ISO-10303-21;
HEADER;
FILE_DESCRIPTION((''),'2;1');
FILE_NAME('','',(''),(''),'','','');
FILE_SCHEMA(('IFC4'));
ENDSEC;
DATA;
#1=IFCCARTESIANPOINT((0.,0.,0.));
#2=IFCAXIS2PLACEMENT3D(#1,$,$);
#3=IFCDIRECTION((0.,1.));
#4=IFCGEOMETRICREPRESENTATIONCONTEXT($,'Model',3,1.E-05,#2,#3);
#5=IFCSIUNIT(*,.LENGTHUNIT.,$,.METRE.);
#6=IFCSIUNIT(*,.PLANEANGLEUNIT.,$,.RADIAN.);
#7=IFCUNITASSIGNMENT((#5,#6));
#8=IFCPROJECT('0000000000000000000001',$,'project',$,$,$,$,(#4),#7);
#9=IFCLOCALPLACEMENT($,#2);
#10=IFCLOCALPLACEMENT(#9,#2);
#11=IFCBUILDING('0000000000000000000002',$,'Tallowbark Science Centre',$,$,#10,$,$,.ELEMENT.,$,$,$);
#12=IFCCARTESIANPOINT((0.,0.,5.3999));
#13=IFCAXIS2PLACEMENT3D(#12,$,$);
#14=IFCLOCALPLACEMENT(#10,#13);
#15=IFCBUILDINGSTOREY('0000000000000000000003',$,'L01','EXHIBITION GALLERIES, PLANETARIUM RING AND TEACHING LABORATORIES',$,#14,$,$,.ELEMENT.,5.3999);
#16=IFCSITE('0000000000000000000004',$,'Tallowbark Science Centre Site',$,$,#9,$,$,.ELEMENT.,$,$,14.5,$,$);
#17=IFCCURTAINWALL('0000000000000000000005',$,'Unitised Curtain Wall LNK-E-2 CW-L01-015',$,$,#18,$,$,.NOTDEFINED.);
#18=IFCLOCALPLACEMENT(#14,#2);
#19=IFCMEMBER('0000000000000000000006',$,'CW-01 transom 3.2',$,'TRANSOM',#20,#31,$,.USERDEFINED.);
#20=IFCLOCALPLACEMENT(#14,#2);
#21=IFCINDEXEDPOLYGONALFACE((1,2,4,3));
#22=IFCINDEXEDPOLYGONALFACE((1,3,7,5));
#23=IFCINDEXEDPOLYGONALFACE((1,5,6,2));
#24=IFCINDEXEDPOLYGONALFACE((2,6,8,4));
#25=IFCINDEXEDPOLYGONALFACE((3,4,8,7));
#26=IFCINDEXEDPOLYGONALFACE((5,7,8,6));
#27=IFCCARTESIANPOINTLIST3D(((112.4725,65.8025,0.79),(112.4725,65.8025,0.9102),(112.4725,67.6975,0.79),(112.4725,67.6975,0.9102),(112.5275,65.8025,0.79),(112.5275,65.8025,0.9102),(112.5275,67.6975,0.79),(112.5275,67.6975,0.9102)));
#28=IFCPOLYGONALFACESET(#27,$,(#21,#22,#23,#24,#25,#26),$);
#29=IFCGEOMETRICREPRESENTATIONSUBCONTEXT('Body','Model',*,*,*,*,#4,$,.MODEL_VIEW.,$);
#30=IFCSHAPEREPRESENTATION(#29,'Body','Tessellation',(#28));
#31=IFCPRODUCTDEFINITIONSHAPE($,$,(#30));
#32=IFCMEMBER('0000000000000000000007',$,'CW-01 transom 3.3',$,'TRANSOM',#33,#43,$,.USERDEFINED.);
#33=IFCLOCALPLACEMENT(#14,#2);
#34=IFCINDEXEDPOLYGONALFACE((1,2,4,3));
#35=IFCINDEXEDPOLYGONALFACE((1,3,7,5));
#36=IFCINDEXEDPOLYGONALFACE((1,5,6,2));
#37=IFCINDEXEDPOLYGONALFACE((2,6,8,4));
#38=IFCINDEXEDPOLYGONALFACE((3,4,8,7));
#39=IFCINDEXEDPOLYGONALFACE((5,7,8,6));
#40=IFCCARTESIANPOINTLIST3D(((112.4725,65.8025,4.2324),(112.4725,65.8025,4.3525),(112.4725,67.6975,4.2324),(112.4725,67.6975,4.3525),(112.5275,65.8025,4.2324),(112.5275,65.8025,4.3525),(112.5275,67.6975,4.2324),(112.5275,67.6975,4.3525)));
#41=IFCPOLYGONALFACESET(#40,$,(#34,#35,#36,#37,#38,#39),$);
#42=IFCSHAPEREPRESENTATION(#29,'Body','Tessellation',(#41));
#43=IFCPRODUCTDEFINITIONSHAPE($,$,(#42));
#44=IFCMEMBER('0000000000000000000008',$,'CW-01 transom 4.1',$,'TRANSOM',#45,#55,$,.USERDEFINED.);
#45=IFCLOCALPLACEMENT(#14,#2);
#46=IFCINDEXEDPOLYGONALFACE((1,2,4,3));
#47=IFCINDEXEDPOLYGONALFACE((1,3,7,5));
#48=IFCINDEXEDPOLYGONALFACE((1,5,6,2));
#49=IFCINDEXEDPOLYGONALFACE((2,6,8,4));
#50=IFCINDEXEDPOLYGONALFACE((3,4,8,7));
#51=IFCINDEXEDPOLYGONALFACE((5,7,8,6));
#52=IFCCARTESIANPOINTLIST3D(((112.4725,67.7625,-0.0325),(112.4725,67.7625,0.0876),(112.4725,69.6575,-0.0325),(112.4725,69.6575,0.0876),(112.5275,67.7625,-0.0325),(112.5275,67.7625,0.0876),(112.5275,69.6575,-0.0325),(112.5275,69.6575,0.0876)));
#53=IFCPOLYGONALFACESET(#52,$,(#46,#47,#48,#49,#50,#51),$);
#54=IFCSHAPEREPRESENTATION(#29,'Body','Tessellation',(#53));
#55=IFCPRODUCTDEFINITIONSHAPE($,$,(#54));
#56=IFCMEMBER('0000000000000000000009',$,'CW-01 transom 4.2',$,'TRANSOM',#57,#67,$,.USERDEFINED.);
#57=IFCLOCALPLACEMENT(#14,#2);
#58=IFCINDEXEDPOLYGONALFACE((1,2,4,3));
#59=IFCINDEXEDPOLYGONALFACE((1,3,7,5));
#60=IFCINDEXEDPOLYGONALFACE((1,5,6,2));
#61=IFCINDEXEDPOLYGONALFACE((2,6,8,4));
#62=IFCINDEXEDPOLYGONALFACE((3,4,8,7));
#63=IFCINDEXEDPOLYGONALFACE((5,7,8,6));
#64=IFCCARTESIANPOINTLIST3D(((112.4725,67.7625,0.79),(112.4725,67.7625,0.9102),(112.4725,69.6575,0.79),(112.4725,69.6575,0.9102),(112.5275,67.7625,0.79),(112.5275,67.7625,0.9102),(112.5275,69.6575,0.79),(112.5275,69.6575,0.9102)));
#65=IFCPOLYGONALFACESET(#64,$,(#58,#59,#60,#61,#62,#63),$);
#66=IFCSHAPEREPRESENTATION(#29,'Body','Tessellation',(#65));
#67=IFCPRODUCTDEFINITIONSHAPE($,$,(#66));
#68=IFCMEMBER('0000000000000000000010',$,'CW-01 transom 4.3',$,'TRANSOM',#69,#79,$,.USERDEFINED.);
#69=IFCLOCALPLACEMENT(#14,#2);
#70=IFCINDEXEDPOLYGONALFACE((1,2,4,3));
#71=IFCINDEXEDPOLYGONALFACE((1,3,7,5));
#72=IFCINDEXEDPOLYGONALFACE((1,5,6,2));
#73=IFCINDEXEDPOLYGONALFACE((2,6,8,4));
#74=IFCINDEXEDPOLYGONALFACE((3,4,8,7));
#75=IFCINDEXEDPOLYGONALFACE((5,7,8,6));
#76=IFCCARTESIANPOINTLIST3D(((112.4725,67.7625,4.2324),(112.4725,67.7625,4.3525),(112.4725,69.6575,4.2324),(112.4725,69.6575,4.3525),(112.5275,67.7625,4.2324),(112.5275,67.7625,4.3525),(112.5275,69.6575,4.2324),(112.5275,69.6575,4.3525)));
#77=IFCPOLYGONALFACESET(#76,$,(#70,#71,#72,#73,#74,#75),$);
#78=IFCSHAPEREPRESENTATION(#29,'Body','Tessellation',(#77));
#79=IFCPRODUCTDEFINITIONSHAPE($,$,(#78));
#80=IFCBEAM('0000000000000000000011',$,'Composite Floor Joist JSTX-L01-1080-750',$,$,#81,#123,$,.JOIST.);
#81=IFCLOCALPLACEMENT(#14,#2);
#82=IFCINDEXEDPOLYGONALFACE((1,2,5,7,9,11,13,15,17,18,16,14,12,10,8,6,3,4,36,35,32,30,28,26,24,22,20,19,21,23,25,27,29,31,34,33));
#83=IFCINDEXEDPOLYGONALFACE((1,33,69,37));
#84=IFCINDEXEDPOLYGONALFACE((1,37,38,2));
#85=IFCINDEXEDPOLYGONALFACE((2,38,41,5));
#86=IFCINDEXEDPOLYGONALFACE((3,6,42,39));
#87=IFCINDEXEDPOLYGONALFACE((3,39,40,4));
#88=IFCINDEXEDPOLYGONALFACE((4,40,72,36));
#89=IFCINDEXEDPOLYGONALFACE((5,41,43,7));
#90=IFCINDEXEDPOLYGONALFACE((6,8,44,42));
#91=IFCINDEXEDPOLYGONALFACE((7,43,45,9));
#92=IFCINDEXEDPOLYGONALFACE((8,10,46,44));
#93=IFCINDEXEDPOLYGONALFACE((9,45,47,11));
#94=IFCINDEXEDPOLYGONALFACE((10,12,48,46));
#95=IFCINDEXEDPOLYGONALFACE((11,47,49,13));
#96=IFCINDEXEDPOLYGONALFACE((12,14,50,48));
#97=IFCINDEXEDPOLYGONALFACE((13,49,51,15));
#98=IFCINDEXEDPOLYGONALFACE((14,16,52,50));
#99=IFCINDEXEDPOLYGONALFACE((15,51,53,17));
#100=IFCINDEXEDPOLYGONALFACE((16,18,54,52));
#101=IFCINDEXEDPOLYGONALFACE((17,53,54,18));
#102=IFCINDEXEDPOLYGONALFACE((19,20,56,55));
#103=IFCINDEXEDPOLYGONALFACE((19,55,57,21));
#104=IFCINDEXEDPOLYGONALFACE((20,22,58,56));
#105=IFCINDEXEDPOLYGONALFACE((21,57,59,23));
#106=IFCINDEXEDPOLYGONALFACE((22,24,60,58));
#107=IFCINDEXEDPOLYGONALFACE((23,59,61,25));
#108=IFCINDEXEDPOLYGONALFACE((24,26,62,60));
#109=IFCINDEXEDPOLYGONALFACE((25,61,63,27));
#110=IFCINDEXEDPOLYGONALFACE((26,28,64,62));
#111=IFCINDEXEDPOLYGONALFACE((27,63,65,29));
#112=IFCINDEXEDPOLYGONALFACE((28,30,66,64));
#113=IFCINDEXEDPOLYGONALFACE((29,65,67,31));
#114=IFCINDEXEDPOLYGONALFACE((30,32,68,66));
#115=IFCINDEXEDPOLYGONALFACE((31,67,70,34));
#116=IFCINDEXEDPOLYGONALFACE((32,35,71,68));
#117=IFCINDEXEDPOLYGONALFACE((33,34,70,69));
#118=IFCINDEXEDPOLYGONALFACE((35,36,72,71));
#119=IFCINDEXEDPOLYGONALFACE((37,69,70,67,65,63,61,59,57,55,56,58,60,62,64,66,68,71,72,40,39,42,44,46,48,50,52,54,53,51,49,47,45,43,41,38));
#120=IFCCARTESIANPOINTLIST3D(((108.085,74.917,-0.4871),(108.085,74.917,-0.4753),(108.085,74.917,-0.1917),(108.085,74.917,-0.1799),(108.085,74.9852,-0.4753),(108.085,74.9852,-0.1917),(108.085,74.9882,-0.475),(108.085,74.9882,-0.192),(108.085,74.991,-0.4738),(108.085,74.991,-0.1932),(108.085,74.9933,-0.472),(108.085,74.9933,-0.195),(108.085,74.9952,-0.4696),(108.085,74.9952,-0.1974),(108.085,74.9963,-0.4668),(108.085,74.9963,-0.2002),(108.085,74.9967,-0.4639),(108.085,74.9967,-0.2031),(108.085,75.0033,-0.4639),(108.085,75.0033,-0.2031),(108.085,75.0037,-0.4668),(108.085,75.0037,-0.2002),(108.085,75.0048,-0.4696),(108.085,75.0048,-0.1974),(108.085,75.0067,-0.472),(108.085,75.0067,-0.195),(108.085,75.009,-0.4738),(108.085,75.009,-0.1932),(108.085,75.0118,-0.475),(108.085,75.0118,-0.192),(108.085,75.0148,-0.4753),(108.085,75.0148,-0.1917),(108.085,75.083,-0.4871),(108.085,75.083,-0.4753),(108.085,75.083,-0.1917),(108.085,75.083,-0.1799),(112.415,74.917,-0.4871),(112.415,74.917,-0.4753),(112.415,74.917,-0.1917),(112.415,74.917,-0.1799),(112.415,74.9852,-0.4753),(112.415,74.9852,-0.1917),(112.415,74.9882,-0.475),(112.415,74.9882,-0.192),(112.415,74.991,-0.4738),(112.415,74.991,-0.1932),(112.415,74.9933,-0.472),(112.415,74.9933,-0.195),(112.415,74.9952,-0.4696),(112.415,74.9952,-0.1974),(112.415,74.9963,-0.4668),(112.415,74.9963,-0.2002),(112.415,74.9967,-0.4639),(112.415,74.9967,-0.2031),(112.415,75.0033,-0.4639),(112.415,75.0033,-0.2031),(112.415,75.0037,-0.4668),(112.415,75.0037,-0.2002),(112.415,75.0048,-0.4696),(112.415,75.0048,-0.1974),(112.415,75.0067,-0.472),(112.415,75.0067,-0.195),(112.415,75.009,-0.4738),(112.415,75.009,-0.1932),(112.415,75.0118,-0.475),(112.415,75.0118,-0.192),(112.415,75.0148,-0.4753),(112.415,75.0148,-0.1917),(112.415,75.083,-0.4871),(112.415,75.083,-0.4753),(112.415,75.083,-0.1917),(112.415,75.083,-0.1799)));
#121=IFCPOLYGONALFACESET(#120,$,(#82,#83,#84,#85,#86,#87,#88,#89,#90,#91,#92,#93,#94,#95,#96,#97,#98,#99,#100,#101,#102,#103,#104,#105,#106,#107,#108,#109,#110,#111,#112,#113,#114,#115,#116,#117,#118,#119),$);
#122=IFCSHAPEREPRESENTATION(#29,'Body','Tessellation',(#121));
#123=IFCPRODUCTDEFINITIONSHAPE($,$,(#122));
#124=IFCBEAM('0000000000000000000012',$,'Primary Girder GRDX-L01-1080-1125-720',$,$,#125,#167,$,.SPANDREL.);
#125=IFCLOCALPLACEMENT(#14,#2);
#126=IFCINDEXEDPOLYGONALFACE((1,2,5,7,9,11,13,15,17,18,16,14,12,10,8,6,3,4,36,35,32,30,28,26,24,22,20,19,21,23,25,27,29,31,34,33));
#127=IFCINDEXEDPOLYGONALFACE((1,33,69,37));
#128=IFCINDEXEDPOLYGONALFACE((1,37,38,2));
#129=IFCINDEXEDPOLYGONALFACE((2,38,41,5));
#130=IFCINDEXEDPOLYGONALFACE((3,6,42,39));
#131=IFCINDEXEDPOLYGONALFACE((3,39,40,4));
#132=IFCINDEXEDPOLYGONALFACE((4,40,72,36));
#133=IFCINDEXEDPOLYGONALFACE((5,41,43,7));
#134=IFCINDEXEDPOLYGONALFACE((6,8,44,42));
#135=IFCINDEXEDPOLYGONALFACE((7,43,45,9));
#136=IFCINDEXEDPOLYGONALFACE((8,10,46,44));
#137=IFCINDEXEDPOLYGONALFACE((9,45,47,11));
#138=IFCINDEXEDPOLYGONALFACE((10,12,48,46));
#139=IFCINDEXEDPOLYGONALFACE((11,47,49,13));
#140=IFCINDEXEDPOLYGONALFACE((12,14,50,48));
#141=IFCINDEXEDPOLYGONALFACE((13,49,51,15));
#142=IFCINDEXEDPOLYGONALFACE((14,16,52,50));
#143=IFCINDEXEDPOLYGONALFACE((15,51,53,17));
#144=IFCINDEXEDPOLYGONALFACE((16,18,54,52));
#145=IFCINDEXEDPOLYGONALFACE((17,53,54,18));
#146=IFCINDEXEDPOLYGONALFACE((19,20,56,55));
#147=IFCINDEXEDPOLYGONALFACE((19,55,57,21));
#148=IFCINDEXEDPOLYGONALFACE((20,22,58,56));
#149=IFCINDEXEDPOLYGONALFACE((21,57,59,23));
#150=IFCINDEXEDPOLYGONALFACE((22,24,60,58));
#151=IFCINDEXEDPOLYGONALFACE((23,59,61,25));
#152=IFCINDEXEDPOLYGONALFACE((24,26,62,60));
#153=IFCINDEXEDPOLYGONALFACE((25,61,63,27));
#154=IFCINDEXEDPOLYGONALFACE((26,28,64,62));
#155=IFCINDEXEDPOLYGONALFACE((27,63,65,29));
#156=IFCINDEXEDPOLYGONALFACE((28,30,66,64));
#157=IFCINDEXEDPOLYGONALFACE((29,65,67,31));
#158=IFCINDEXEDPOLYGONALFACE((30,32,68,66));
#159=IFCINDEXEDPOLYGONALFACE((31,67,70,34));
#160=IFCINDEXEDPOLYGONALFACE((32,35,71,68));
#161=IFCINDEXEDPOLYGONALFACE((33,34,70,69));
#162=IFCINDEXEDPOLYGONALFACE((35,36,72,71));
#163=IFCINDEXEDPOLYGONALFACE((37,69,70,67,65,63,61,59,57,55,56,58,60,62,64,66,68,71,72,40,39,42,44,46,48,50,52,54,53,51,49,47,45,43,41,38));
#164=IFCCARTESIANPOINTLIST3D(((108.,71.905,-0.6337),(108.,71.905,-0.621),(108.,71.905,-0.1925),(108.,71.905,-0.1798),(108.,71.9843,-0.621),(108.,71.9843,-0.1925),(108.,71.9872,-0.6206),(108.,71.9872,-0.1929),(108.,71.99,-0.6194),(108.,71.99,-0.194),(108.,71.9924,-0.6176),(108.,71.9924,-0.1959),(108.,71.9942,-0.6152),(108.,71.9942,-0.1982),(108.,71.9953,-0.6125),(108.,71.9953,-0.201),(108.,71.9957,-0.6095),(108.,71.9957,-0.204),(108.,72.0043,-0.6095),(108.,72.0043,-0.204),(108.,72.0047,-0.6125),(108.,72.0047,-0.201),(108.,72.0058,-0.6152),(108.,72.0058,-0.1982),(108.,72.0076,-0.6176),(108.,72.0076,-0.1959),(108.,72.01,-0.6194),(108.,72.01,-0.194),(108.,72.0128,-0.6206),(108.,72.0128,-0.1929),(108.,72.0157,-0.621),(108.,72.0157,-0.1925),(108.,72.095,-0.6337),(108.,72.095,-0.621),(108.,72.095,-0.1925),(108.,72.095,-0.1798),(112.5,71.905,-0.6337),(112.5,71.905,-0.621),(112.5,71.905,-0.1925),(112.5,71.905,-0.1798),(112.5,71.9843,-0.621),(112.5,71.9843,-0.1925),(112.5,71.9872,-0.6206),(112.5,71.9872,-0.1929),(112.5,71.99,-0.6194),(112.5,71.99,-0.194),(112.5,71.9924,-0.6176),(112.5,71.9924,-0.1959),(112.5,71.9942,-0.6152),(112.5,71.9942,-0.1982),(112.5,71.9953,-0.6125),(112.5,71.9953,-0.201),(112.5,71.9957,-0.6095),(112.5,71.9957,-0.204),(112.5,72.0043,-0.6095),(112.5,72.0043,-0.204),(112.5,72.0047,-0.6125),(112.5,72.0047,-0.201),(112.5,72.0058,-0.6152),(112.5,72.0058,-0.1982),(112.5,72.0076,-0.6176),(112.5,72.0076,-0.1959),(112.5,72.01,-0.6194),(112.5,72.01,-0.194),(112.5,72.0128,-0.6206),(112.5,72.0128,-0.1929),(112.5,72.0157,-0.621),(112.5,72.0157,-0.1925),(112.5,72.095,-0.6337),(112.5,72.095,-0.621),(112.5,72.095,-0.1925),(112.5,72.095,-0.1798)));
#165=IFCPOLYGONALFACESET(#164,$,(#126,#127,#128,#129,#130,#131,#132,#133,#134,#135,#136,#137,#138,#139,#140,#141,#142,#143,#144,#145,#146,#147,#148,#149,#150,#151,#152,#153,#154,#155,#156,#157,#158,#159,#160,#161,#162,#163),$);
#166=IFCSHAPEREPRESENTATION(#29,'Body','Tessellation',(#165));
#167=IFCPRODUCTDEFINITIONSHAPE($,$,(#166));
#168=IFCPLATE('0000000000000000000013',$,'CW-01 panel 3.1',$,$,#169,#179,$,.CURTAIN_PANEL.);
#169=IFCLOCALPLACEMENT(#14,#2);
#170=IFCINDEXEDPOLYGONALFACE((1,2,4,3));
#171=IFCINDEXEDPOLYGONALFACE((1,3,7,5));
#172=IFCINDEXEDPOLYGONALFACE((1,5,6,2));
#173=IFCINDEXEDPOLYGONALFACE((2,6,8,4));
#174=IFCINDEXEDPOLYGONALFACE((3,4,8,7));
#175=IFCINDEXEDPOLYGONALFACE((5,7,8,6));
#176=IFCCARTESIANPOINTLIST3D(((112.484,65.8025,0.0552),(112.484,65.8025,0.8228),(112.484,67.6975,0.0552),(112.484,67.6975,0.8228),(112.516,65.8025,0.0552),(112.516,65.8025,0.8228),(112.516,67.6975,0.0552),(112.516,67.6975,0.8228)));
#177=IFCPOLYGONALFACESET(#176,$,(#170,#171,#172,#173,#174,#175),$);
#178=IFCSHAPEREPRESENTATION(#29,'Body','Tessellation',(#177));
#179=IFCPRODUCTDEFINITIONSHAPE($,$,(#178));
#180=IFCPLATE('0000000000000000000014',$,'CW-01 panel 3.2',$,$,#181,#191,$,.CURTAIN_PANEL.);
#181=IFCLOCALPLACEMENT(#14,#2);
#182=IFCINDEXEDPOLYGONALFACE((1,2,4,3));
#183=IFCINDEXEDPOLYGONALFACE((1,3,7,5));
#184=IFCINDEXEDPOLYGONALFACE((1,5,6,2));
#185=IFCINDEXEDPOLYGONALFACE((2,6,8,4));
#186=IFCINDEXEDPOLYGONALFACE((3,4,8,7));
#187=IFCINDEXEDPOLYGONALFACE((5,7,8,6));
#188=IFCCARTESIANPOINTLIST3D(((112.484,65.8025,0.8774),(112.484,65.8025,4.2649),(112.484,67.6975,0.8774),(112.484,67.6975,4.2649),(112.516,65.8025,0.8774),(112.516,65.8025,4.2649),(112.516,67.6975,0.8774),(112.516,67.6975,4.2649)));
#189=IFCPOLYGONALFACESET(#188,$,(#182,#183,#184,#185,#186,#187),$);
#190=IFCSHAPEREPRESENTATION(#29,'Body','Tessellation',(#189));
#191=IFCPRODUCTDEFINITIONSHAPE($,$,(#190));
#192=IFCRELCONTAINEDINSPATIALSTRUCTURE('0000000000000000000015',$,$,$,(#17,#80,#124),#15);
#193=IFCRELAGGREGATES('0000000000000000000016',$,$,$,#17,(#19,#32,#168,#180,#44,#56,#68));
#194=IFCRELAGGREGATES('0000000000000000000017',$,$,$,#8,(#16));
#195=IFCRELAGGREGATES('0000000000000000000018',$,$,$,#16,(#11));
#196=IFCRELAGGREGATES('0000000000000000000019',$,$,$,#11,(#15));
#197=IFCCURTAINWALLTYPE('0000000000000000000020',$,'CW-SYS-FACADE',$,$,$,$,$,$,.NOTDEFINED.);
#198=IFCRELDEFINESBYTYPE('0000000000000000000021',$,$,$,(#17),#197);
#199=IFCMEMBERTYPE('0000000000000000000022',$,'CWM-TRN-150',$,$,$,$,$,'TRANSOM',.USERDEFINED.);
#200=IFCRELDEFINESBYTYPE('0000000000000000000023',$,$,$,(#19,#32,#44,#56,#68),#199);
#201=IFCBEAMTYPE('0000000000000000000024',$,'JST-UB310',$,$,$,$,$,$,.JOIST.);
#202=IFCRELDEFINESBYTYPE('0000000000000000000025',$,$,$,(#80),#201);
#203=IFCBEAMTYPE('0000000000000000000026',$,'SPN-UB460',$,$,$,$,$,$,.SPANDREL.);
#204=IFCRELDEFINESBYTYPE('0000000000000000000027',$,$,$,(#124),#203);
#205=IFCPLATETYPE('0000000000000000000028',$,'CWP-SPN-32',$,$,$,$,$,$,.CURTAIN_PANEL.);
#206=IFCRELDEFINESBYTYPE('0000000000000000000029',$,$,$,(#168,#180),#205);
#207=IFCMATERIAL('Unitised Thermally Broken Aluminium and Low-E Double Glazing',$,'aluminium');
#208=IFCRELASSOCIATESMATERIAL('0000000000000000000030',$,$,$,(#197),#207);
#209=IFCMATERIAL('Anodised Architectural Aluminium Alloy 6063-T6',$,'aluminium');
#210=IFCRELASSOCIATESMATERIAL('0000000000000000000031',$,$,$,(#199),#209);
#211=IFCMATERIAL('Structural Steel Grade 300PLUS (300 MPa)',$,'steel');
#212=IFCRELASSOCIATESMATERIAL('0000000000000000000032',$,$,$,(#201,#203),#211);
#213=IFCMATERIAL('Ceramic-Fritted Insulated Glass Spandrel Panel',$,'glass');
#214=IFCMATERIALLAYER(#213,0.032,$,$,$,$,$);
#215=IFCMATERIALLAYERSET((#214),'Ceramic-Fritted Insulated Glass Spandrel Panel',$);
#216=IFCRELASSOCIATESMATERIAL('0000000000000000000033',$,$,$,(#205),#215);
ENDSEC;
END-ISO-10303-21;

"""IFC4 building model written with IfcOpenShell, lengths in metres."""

from ifc_helpers import new_model, si_unit, direction, frame, origin, origin_2d, place, context, subcontext, project, spatial, rectangle, i_section, extrude, material, layer, layer_set, material_profile, profile_set, type_object, element, aggregate, save


model = new_model("IFC4")

# Units and contexts
model_context = context("Model", 3, precision=1e-05, world=origin(), true_north=direction((0.0, 1.0)))
body_context = subcontext(model_context, "Body", "Model", "MODEL_VIEW")
ifc_project = project(units=[si_unit("LENGTHUNIT", "METRE"), si_unit("PLANEANGLEUNIT", "RADIAN")], contexts=[model_context])

# Site, building, storey
site_placement = place(None, origin())
site = spatial("IfcSite", under=ifc_project, at=site_placement, Name="Tallowbark Science Centre Site", CompositionType="ELEMENT", RefElevation=14.5)
building_placement = place(site_placement, origin())
building = spatial("IfcBuilding", under=site, at=building_placement, Name="Tallowbark Science Centre", CompositionType="ELEMENT")
storey_placement = place(building_placement, frame((0.0, 0.0, 5.3999)))
storey = spatial("IfcBuildingStorey", under=building, at=storey_placement, Name="L01", Description="EXHIBITION GALLERIES, PLANETARIUM RING AND TEACHING LABORATORIES", CompositionType="ELEMENT", Elevation=5.3999)

# Shared definitions
ifc_material_1 = material(Name="Structural Steel Grade 300PLUS (300 MPa)", Category="steel")

# Curtain wall, members
ifc_material_2 = material(Name="Unitised Thermally Broken Aluminium and Low-E Double Glazing", Category="aluminium")
curtain_wall_type = type_object("IfcCurtainWallType", Name="CW-SYS-FACADE", PredefinedType="NOTDEFINED", material=ifc_material_2)
curtain_wall_placement = place(storey_placement, origin())
curtain_wall = element("IfcCurtainWall", 1, at=curtain_wall_placement, inside=storey, type_object=curtain_wall_type, Name="Unitised Curtain Wall LNK-E-2 CW-L01-015", PredefinedType="NOTDEFINED")
ifc_material_3 = material(Name="Anodised Architectural Aluminium Alloy 6063-T6", Category="aluminium")
ifc_material_profile_1 = material_profile(ifc_material_3, rectangle(XDim=0.0549, YDim=0.1201, at=origin_2d()), Name="ALU55x120")
ifc_profile_set_1 = profile_set([ifc_material_profile_1], Name="Anodised Architectural Aluminium Alloy 6063-T6")
member_type_1 = type_object("IfcMemberType", Name="CWM-TRN-150", ElementType="TRANSOM", PredefinedType="USERDEFINED", material=ifc_profile_set_1)
member_1_placement = place(storey_placement, frame((112.5, 65.8025, 0.8501), z_axis=(0.0, 1.0, 0.0), x_axis=(-1.0, 0.0, 0.0)))
member_1 = element("IfcMember", 2, at=member_1_placement, type_object=member_type_1, Name="CW-01 transom 3.2", ObjectType="TRANSOM", PredefinedType="USERDEFINED", context=body_context, shape_type="SweptSolid", body=[
    extrude(rectangle(XDim=0.0549, YDim=0.1201, at=origin_2d()), origin(), (0.0, 0.0, 1.0), 1.895),
])
member_2_placement = place(storey_placement, frame((112.5, 65.8025, 4.2925), z_axis=(0.0, 1.0, 0.0), x_axis=(-1.0, 0.0, 0.0)))
member_2 = element("IfcMember", 3, at=member_2_placement, type_object=member_type_1, Name="CW-01 transom 3.3", ObjectType="TRANSOM", PredefinedType="USERDEFINED", context=body_context, shape_type="SweptSolid", body=[
    extrude(rectangle(XDim=0.0549, YDim=0.1201, at=origin_2d()), origin(), (0.0, 0.0, 1.0), 1.895),
])
member_3_placement = place(storey_placement, frame((112.5, 67.7625, 0.0276), z_axis=(0.0, 1.0, 0.0), x_axis=(-1.0, 0.0, 0.0)))
member_3 = element("IfcMember", 4, at=member_3_placement, type_object=member_type_1, Name="CW-01 transom 4.1", ObjectType="TRANSOM", PredefinedType="USERDEFINED", context=body_context, shape_type="SweptSolid", body=[
    extrude(rectangle(XDim=0.0549, YDim=0.1201, at=origin_2d()), origin(), (0.0, 0.0, 1.0), 1.895),
])
member_4_placement = place(storey_placement, frame((112.5, 67.7625, 0.8501), z_axis=(0.0, 1.0, 0.0), x_axis=(-1.0, 0.0, 0.0)))
member_4 = element("IfcMember", 5, at=member_4_placement, type_object=member_type_1, Name="CW-01 transom 4.2", ObjectType="TRANSOM", PredefinedType="USERDEFINED", context=body_context, shape_type="SweptSolid", body=[
    extrude(rectangle(XDim=0.0549, YDim=0.1201, at=origin_2d()), origin(), (0.0, 0.0, 1.0), 1.895),
])
member_5_placement = place(storey_placement, frame((112.5, 67.7625, 4.2925), z_axis=(0.0, 1.0, 0.0), x_axis=(-1.0, 0.0, 0.0)))
member_5 = element("IfcMember", 6, at=member_5_placement, type_object=member_type_1, Name="CW-01 transom 4.3", ObjectType="TRANSOM", PredefinedType="USERDEFINED", context=body_context, shape_type="SweptSolid", body=[
    extrude(rectangle(XDim=0.0549, YDim=0.1201, at=origin_2d()), origin(), (0.0, 0.0, 1.0), 1.895),
])

# Beams
ifc_material_profile_2 = material_profile(ifc_material_1, i_section(OverallWidth=0.166, OverallDepth=0.3071, WebThickness=0.0066, FlangeThickness=0.0117, FilletRadius=0.0115, at=origin_2d()), Name="310UB46.2")
ifc_profile_set_2 = profile_set([ifc_material_profile_2], Name="Structural Steel Grade 300PLUS (300 MPa)")
beam_type_1 = type_object("IfcBeamType", Name="JST-UB310", PredefinedType="JOIST", material=ifc_profile_set_2)
beam_1_placement = place(storey_placement, frame((108.085, 75.0, -0.3335), z_axis=(1.0, 0.0, 0.0), x_axis=(0.0, 1.0, 0.0)))
element("IfcBeam", 7, at=beam_1_placement, inside=storey, type_object=beam_type_1, Name="Composite Floor Joist JSTX-L01-1080-750", PredefinedType="JOIST", context=body_context, shape_type="SweptSolid", body=[
    extrude(i_section(OverallWidth=0.166, OverallDepth=0.3071, WebThickness=0.0066, FlangeThickness=0.0117, FilletRadius=0.0115, at=origin_2d()), origin(), (0.0, 0.0, 1.0), 4.3301),
])
ifc_material_profile_3 = material_profile(ifc_material_1, i_section(OverallWidth=0.1899, OverallDepth=0.4539, WebThickness=0.0085, FlangeThickness=0.0127, FilletRadius=0.0115, at=origin_2d()), Name="460UB67.1")
ifc_profile_set_3 = profile_set([ifc_material_profile_3], Name="Structural Steel Grade 300PLUS (300 MPa)")
beam_type_2 = type_object("IfcBeamType", Name="SPN-UB460", PredefinedType="SPANDREL", material=ifc_profile_set_3)
beam_2_placement = place(storey_placement, frame((108.0, 72.0, -0.4067), z_axis=(1.0, 0.0, 0.0), x_axis=(0.0, 1.0, 0.0)))
element("IfcBeam", 8, at=beam_2_placement, inside=storey, type_object=beam_type_2, Name="Primary Girder GRDX-L01-1080-1125-720", PredefinedType="SPANDREL", context=body_context, shape_type="SweptSolid", body=[
    extrude(i_section(OverallWidth=0.1899, OverallDepth=0.4539, WebThickness=0.0085, FlangeThickness=0.0127, FilletRadius=0.0115, at=origin_2d()), origin(), (0.0, 0.0, 1.0), 4.5),
])

# Plates
ifc_material_4 = material(Name="Ceramic-Fritted Insulated Glass Spandrel Panel", Category="glass")
ifc_layer_1 = layer(ifc_material_4, 0.032)
ifc_layer_set_1 = layer_set([ifc_layer_1], Name="Ceramic-Fritted Insulated Glass Spandrel Panel")
plate_type = type_object("IfcPlateType", Name="CWP-SPN-32", PredefinedType="CURTAIN_PANEL", material=ifc_layer_set_1)
plate_1_placement = place(storey_placement, frame((112.5, 66.75, 0.0552), z_axis=(0.0, 0.0, 1.0), x_axis=(0.0, 1.0, 0.0)))
plate_1 = element("IfcPlate", 9, at=plate_1_placement, type_object=plate_type, Name="CW-01 panel 3.1", PredefinedType="CURTAIN_PANEL", context=body_context, shape_type="SweptSolid", body=[
    extrude(rectangle(XDim=1.895, YDim=0.032, at=origin_2d()), origin(), (0.0, 0.0, 1.0), 0.7676),
])
plate_2_placement = place(storey_placement, frame((112.5, 66.75, 0.8774), z_axis=(0.0, 0.0, 1.0), x_axis=(0.0, 1.0, 0.0)))
plate_2 = element("IfcPlate", 10, at=plate_2_placement, type_object=plate_type, Name="CW-01 panel 3.2", PredefinedType="CURTAIN_PANEL", context=body_context, shape_type="SweptSolid", body=[
    extrude(rectangle(XDim=1.895, YDim=0.032, at=origin_2d()), origin(), (0.0, 0.0, 1.0), 3.3875),
])
aggregate(curtain_wall, [member_1, member_2, plate_1, plate_2, member_3, member_4, member_5])

save(model, "model.ifc")
